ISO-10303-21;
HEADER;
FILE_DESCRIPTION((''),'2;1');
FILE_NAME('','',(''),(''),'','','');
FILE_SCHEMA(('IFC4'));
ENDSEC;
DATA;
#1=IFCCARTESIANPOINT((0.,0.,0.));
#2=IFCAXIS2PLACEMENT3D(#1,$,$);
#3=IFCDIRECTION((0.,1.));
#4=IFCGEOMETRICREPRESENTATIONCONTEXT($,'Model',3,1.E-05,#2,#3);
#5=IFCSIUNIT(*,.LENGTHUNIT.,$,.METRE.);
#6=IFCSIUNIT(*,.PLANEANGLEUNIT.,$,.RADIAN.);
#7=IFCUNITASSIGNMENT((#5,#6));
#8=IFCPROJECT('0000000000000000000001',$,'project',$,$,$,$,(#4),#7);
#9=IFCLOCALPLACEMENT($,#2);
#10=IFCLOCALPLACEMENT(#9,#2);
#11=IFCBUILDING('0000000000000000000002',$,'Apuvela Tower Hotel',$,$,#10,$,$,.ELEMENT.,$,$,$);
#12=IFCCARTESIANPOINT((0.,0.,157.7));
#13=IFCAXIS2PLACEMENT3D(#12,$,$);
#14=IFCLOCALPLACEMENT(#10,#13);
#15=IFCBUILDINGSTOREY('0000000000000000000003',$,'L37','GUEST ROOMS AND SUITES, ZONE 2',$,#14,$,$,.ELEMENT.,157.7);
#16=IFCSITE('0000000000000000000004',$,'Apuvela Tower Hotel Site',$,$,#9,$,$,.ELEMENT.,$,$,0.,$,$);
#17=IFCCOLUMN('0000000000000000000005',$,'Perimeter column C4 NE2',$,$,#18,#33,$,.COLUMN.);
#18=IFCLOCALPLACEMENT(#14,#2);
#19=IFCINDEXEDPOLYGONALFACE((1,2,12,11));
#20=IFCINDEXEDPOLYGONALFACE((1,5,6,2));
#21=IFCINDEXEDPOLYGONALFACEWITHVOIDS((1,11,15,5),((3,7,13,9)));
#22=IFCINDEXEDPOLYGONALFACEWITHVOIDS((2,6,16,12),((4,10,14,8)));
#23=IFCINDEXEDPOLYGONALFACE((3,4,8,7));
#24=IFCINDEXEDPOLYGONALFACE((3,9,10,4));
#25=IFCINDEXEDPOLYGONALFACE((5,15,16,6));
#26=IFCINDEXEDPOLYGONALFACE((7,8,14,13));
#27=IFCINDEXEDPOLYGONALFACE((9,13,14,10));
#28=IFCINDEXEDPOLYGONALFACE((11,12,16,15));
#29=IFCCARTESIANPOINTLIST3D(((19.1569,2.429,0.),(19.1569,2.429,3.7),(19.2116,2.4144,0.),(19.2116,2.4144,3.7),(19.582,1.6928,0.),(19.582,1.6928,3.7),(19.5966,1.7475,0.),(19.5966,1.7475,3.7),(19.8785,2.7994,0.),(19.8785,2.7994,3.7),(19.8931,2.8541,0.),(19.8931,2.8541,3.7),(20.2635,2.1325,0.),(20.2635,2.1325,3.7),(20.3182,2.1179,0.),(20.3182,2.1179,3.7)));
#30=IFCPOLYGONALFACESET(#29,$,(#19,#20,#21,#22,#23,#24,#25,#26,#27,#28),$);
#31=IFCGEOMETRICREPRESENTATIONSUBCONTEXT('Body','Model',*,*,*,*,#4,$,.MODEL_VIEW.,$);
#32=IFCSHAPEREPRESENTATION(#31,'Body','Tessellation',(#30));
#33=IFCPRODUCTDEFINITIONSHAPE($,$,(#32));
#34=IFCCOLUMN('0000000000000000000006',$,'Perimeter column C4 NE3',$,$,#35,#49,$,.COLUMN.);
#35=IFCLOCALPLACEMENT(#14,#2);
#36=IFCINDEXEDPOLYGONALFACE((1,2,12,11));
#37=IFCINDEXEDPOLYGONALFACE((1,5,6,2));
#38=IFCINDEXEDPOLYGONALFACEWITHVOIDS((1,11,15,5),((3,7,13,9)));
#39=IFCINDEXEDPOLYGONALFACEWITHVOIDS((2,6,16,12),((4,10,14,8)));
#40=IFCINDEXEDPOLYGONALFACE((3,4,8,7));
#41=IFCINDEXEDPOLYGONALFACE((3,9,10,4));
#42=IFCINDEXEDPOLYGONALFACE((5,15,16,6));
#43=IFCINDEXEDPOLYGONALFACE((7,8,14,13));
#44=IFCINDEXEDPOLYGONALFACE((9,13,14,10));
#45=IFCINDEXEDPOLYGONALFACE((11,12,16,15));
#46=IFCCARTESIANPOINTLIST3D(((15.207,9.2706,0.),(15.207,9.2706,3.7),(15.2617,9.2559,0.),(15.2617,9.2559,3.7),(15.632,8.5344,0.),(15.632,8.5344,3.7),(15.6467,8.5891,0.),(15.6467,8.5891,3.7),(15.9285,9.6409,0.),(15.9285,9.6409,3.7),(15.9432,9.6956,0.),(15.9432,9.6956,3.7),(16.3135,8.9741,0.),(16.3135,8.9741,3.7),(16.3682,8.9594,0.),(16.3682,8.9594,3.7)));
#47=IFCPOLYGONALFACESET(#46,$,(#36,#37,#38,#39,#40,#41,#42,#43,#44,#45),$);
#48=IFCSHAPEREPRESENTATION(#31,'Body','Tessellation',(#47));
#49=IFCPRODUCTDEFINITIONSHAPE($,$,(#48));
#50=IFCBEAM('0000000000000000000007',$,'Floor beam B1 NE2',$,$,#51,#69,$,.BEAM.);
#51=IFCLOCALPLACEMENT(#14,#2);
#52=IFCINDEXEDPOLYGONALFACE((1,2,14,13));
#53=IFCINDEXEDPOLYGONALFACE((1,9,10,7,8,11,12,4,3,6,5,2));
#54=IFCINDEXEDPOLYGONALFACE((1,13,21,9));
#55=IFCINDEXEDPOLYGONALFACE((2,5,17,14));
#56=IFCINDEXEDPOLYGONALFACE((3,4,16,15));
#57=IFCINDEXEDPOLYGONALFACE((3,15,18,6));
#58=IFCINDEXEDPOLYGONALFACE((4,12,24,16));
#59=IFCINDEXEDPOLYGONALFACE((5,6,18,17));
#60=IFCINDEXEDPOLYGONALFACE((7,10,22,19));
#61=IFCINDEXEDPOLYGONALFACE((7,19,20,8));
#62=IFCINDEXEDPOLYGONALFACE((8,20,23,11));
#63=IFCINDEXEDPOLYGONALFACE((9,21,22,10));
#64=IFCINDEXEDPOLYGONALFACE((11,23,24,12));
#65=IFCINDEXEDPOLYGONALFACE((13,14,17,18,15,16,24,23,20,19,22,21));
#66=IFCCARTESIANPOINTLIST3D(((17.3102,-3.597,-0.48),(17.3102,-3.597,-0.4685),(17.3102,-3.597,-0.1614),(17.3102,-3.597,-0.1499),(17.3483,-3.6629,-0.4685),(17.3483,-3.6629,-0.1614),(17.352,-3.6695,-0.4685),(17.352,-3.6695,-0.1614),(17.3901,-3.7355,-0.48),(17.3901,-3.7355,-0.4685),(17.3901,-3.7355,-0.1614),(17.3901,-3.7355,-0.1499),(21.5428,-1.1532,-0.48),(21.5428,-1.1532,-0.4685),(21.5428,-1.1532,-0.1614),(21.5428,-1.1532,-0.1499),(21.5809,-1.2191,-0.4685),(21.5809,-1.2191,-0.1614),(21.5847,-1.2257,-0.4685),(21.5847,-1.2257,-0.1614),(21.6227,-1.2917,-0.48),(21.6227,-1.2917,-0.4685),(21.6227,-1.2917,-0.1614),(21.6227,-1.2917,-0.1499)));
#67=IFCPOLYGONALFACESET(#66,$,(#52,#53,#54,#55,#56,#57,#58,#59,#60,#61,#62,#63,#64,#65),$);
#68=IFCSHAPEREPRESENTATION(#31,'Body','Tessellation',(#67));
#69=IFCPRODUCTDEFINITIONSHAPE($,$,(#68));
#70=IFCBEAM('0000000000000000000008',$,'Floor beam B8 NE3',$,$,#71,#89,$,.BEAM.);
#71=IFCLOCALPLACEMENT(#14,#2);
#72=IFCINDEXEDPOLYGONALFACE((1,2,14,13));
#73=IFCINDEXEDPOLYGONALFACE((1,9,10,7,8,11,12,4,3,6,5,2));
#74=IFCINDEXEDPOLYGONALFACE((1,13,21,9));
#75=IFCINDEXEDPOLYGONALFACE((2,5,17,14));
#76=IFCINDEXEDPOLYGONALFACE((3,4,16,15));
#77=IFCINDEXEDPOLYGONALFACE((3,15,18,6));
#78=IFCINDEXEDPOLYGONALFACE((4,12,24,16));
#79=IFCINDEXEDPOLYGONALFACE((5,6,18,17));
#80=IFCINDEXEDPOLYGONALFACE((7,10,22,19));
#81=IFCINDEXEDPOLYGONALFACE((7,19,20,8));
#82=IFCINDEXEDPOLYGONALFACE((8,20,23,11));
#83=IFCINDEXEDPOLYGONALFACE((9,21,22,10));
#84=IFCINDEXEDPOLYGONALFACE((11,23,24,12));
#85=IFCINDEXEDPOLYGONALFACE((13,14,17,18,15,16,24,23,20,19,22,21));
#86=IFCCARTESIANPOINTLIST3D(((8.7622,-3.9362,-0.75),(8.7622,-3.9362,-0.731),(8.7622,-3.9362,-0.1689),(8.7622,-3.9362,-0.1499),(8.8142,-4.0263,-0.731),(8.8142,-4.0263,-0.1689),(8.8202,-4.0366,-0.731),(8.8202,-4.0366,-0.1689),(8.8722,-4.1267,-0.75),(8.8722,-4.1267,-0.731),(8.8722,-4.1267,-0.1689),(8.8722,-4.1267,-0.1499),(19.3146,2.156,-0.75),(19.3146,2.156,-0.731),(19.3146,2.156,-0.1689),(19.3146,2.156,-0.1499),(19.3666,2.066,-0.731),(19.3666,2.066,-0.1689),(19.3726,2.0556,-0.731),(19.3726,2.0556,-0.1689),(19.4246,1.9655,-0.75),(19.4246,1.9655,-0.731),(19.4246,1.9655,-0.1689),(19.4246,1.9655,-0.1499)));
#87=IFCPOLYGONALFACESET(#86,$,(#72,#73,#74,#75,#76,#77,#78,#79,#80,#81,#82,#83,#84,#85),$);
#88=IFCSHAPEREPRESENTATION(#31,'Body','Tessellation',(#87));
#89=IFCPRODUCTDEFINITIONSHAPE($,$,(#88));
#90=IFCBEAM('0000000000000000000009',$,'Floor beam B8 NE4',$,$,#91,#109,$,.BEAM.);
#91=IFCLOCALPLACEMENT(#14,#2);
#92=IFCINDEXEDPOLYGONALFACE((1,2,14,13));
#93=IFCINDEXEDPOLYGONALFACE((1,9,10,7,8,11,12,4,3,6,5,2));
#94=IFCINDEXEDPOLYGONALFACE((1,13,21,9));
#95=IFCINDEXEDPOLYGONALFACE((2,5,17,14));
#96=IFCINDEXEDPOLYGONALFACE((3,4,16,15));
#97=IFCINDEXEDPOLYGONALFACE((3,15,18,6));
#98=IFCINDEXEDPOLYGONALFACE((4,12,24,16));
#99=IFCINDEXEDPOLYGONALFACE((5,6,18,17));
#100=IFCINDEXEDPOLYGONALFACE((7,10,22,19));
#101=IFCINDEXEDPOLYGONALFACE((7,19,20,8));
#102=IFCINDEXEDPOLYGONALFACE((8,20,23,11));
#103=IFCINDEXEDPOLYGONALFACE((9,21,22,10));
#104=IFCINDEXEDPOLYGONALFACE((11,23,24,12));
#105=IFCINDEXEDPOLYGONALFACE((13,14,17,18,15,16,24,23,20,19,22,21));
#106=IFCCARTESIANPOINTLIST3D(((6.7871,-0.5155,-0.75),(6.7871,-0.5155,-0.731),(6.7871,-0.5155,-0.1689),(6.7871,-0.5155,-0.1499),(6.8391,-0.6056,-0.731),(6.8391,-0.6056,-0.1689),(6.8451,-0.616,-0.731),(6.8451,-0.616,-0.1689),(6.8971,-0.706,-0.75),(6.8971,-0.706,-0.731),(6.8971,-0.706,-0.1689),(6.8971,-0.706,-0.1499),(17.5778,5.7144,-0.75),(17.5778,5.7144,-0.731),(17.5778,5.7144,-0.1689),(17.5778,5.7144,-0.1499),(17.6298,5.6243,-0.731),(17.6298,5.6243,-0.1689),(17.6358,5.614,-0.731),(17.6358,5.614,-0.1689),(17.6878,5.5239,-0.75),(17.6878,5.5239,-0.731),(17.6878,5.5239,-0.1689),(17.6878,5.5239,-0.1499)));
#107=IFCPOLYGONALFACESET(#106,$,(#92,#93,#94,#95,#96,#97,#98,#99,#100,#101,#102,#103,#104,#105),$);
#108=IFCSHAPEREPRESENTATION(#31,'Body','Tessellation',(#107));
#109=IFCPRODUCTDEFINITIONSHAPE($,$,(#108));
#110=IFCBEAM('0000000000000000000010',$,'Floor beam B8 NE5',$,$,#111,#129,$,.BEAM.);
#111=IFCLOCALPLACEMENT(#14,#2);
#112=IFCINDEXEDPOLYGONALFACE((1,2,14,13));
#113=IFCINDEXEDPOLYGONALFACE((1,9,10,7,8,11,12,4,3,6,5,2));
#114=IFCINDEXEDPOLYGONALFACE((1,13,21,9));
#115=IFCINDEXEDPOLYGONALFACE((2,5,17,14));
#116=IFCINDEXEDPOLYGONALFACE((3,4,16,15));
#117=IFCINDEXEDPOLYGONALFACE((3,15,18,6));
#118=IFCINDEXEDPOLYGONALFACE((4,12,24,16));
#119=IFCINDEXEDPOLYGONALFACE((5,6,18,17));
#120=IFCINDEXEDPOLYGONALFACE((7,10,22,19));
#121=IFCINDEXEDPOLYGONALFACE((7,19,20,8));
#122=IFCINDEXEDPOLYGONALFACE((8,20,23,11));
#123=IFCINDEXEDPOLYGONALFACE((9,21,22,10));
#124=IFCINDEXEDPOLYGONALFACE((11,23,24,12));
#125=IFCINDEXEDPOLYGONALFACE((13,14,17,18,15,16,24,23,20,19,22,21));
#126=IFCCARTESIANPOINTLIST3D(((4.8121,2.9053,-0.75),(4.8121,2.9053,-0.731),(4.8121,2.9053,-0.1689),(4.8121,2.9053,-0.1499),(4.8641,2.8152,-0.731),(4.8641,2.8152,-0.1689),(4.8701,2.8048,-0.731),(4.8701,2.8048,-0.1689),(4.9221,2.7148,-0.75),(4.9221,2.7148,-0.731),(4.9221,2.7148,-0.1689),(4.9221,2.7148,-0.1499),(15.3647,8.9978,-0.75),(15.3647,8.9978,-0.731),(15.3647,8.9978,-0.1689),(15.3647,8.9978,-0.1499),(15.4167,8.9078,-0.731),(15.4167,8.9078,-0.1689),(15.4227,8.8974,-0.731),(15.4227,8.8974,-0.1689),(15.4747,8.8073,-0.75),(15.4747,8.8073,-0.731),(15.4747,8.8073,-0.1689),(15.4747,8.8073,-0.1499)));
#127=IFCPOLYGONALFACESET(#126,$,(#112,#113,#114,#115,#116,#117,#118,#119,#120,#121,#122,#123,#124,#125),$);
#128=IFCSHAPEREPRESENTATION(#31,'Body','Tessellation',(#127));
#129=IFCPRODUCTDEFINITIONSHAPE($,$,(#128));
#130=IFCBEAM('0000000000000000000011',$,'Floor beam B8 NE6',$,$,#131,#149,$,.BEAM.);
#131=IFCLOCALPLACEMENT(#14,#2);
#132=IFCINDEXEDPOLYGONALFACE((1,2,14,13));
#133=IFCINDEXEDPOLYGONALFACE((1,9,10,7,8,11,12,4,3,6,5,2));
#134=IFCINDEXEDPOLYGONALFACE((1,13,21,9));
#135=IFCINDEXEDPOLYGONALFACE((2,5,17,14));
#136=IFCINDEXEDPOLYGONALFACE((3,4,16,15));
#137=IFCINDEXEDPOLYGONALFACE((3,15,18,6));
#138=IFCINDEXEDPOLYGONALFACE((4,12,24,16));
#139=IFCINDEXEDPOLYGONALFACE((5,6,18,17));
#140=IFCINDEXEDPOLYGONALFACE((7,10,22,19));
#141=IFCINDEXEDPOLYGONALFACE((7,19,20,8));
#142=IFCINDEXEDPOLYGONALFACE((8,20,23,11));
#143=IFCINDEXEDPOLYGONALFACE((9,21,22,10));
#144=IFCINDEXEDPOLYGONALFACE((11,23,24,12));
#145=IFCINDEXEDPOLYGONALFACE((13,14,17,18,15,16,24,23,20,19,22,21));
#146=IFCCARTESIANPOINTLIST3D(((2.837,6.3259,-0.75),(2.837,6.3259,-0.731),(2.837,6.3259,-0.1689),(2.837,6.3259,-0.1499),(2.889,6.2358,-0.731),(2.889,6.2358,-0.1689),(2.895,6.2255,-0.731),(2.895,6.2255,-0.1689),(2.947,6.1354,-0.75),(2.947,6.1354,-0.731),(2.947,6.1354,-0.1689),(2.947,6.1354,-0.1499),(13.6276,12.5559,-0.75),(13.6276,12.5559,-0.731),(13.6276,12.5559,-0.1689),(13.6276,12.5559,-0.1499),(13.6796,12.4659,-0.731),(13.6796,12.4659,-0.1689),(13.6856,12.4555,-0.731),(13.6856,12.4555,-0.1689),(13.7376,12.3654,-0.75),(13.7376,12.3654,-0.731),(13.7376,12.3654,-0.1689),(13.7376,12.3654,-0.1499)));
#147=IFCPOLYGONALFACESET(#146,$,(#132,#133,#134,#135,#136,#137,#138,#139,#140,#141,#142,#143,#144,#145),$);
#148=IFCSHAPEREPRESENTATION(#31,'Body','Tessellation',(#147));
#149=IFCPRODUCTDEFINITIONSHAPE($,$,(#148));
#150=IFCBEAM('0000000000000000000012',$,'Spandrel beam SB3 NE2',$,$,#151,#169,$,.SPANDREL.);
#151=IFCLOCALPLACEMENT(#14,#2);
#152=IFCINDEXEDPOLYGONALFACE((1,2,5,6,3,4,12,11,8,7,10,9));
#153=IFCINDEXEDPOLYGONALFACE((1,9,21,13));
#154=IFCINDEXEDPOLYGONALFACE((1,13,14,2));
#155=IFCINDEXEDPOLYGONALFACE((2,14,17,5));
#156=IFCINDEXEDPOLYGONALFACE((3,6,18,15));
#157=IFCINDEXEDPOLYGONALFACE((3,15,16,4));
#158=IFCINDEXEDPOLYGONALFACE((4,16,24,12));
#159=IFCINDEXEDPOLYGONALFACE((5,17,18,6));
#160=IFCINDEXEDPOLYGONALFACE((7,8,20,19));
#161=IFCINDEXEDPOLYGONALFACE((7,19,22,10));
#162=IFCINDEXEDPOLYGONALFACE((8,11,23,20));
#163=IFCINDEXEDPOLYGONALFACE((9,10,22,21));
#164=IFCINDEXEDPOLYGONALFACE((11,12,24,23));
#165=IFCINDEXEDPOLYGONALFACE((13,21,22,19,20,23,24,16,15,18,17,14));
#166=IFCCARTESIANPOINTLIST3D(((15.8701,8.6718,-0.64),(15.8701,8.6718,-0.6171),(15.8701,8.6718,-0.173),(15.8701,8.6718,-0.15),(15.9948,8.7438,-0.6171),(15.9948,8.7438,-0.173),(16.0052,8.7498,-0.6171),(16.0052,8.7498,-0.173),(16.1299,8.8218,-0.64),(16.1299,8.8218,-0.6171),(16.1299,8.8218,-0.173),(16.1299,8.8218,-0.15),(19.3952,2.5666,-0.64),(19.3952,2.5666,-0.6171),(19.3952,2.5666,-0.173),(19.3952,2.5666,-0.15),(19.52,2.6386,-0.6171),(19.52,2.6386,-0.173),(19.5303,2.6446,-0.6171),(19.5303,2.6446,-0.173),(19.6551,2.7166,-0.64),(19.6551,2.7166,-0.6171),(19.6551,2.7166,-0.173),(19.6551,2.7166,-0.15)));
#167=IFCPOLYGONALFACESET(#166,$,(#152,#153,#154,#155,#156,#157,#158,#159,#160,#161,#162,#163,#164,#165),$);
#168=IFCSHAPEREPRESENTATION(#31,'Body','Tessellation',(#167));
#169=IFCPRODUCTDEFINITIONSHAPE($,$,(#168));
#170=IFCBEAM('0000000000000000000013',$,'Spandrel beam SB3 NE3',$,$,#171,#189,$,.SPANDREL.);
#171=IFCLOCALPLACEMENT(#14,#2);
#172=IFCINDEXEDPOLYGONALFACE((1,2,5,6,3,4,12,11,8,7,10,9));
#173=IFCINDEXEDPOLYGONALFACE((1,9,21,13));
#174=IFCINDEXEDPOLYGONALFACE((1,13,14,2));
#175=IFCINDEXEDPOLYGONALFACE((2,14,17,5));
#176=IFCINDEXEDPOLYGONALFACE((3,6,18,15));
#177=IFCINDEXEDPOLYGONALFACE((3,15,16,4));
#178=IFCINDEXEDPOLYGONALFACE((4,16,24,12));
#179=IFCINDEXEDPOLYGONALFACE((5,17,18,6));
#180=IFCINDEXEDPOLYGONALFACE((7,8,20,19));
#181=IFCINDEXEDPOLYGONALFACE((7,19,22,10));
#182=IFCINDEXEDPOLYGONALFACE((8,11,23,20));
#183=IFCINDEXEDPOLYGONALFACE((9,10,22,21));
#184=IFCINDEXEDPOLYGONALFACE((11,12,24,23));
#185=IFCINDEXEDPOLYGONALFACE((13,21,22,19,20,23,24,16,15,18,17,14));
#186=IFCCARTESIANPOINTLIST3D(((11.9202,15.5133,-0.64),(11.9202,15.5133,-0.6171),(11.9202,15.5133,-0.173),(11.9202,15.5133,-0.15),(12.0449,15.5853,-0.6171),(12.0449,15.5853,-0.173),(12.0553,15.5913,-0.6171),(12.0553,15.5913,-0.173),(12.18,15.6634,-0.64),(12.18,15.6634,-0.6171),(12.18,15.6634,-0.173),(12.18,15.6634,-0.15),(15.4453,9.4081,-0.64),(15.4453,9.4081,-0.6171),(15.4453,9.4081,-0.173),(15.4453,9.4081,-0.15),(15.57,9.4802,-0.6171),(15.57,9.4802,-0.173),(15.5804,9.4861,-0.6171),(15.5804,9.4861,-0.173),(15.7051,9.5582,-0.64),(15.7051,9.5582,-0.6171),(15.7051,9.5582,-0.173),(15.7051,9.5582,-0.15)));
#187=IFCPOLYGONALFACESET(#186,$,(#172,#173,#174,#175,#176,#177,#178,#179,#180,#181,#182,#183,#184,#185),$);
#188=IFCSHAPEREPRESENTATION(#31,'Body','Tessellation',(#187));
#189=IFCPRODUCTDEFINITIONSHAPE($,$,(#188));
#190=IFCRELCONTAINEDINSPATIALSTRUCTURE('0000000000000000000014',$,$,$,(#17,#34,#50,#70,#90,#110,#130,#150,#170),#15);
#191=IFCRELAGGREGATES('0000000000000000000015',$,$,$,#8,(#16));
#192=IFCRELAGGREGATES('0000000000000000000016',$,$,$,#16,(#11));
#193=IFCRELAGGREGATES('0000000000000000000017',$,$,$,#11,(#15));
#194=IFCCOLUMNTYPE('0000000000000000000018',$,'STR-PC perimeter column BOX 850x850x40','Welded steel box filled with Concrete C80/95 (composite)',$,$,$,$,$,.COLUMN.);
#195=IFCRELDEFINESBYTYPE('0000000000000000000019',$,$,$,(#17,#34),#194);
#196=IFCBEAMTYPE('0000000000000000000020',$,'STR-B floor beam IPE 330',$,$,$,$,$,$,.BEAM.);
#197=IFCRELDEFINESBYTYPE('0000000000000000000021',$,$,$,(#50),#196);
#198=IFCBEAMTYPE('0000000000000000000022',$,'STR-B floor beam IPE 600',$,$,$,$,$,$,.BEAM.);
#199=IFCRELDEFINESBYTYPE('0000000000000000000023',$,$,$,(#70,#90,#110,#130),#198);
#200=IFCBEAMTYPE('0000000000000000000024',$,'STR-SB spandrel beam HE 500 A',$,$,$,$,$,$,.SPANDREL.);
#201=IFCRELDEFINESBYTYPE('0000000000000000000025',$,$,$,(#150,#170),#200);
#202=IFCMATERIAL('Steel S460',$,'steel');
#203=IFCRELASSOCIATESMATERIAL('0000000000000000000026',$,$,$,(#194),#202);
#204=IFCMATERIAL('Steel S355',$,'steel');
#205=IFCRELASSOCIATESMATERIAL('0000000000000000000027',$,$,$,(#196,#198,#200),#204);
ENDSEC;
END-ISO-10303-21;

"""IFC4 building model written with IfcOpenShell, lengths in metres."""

from ifc_helpers import new_model, si_unit, direction, frame, origin, origin_2d, place, context, subcontext, project, spatial, rectangle, hollow_rectangle, i_section, extrude, material, material_profile, profile_set, type_object, element, save


model = new_model("IFC4")

# Units and contexts
model_context = context("Model", 3, precision=1e-05, world=origin(), true_north=direction((0.0, 1.0)))
body_context = subcontext(model_context, "Body", "Model", "MODEL_VIEW")
ifc_project = project(units=[si_unit("LENGTHUNIT", "METRE"), si_unit("PLANEANGLEUNIT", "RADIAN")], contexts=[model_context])

# Site, building, storey
site_placement = place(None, origin())
site = spatial("IfcSite", under=ifc_project, at=site_placement, Name="Apuvela Tower Hotel Site", CompositionType="ELEMENT", RefElevation=0.0)
building_placement = place(site_placement, origin())
building = spatial("IfcBuilding", under=site, at=building_placement, Name="Apuvela Tower Hotel", CompositionType="ELEMENT")
storey_placement = place(building_placement, frame((0.0, 0.0, 157.7)))
storey = spatial("IfcBuildingStorey", under=building, at=storey_placement, Name="L37", Description="GUEST ROOMS AND SUITES, ZONE 2", CompositionType="ELEMENT", Elevation=157.7)

# Columns
ifc_material_1 = material(Name="Steel S460", Category="steel")
ifc_material_profile_1 = material_profile(ifc_material_1, hollow_rectangle(XDim=0.8501, YDim=0.8501, WallThickness=0.04, at=origin_2d()), Name="BOX 850x850x40")
ifc_material_2 = material(Name="Concrete C80/95", Category="concrete")
ifc_material_profile_2 = material_profile(ifc_material_2, rectangle(XDim=0.77, YDim=0.77, at=origin_2d()), Name="Concrete C80/95 infill")
ifc_profile_set_1 = profile_set([ifc_material_profile_1, ifc_material_profile_2], Name="Steel S460")
column_type = type_object("IfcColumnType", Name="STR-PC perimeter column BOX 850x850x40", Description="Welded steel box filled with Concrete C80/95 (composite)", PredefinedType="COLUMN", material=ifc_profile_set_1)
for number, where, z_axis, x_axis, name in (
    (1, (19.7375, 2.2734, 0.0), (0.0, 0.0, 1.0), (-0.5, 0.866025, 0.0), "Perimeter column C4 NE2"),
    (2, (15.7876, 9.115, 0.0), (0.0, 0.0, 1.0), (-0.5, 0.866025, 0.0), "Perimeter column C4 NE3"),
):
    element("IfcColumn", number, at=place(storey_placement, frame(where, z_axis=z_axis, x_axis=x_axis)), inside=storey, type_object=column_type, Name=name, PredefinedType="COLUMN", context=body_context, shape_type="SweptSolid", body=[
        extrude(hollow_rectangle(XDim=0.8501, YDim=0.8501, WallThickness=0.04, at=origin_2d()), origin(), (0.0, 0.0, 1.0), 3.7),
    ])

# Beams
ifc_material_3 = material(Name="Steel S355", Category="steel")
ifc_material_profile_3 = material_profile(ifc_material_3, i_section(OverallWidth=0.1599, OverallDepth=0.3301, WebThickness=0.0076, FlangeThickness=0.0115, at=origin_2d()), Name="IPE 330")
ifc_profile_set_2 = profile_set([ifc_material_profile_3], Name="Steel S355")
beam_type_1 = type_object("IfcBeamType", Name="STR-B floor beam IPE 330", PredefinedType="BEAM", material=ifc_profile_set_2)
beam_1_placement = place(storey_placement, frame((21.5828, -1.2224, -0.3149), z_axis=(-0.866015, -0.500018, 0.0), x_axis=(0.500018, -0.866015, 0.0)))
element("IfcBeam", 3, at=beam_1_placement, inside=storey, type_object=beam_type_1, Name="Floor beam B1 NE2", PredefinedType="BEAM", context=body_context, shape_type="SweptSolid", body=[
    extrude(i_section(OverallWidth=0.1599, OverallDepth=0.3301, WebThickness=0.0076, FlangeThickness=0.0115, at=origin_2d()), origin(), (0.0, 0.0, 1.0), 4.8875),
])
ifc_material_profile_4 = material_profile(ifc_material_3, i_section(OverallWidth=0.22, OverallDepth=0.6001, WebThickness=0.012, FlangeThickness=0.019, at=origin_2d()), Name="IPE 600")
ifc_profile_set_3 = profile_set([ifc_material_profile_4], Name="Steel S355")
beam_type_2 = type_object("IfcBeamType", Name="STR-B floor beam IPE 600", PredefinedType="BEAM", material=ifc_profile_set_3)
beam_2_placement = place(storey_placement, frame((19.3696, 2.0608, -0.45), z_axis=(-0.866032, -0.499988, 0.0), x_axis=(0.499988, -0.866032, 0.0)))
element("IfcBeam", 4, at=beam_2_placement, inside=storey, type_object=beam_type_2, Name="Floor beam B8 NE3", PredefinedType="BEAM", context=body_context, shape_type="SweptSolid", body=[
    extrude(i_section(OverallWidth=0.22, OverallDepth=0.6001, WebThickness=0.012, FlangeThickness=0.019, at=origin_2d()), origin(), (0.0, 0.0, 1.0), 12.1848),
])
beam_3_placement = place(storey_placement, frame((17.6328, 5.6191, -0.45), z_axis=(-0.866028, -0.499996, 0.0), x_axis=(0.499996, -0.866028, 0.0)))
element("IfcBeam", 5, at=beam_3_placement, inside=storey, type_object=beam_type_2, Name="Floor beam B8 NE4", PredefinedType="BEAM", context=body_context, shape_type="SweptSolid", body=[
    extrude(i_section(OverallWidth=0.22, OverallDepth=0.6001, WebThickness=0.012, FlangeThickness=0.019, at=origin_2d()), origin(), (0.0, 0.0, 1.0), 12.46),
])
beam_4_placement = place(storey_placement, frame((15.4197, 8.9026, -0.45), z_axis=(-0.866024, -0.500003, 0.0), x_axis=(0.500003, -0.866024, 0.0)))
element("IfcBeam", 6, at=beam_4_placement, inside=storey, type_object=beam_type_2, Name="Floor beam B8 NE5", PredefinedType="BEAM", context=body_context, shape_type="SweptSolid", body=[
    extrude(i_section(OverallWidth=0.22, OverallDepth=0.6001, WebThickness=0.012, FlangeThickness=0.019, at=origin_2d()), origin(), (0.0, 0.0, 1.0), 12.1851),
])
beam_5_placement = place(storey_placement, frame((13.6826, 12.4607, -0.45), z_axis=(-0.866023, -0.500004, 0.0), x_axis=(0.500004, -0.866023, 0.0)))
element("IfcBeam", 7, at=beam_5_placement, inside=storey, type_object=beam_type_2, Name="Floor beam B8 NE6", PredefinedType="BEAM", context=body_context, shape_type="SweptSolid", body=[
    extrude(i_section(OverallWidth=0.22, OverallDepth=0.6001, WebThickness=0.012, FlangeThickness=0.019, at=origin_2d()), origin(), (0.0, 0.0, 1.0), 12.46),
])
ifc_material_profile_5 = material_profile(ifc_material_3, i_section(OverallWidth=0.3, OverallDepth=0.49, WebThickness=0.012, FlangeThickness=0.0229, at=origin_2d()), Name="HE 500 A")
ifc_profile_set_4 = profile_set([ifc_material_profile_5], Name="Steel S355")
beam_type_3 = type_object("IfcBeamType", Name="STR-SB spandrel beam HE 500 A", PredefinedType="SPANDREL", material=ifc_profile_set_4)
for number, where, z_axis, x_axis, name in (
    (8, (19.5251, 2.6416, -0.395), (-0.500031, 0.866007, 0.0), (-0.866007, -0.500031, 0.0), "Spandrel beam SB3 NE2"),
    (9, (15.5752, 9.4832, -0.395), (-0.500031, 0.866007, 0.0), (-0.866007, -0.500031, 0.0), "Spandrel beam SB3 NE3"),
):
    element("IfcBeam", number, at=place(storey_placement, frame(where, z_axis=z_axis, x_axis=x_axis)), inside=storey, type_object=beam_type_3, Name=name, PredefinedType="SPANDREL", context=body_context, shape_type="SweptSolid", body=[
        extrude(i_section(OverallWidth=0.3, OverallDepth=0.49, WebThickness=0.012, FlangeThickness=0.0229, at=origin_2d()), origin(), (0.0, 0.0, 1.0), 7.0498),
    ])

save(model, "model.ifc")
